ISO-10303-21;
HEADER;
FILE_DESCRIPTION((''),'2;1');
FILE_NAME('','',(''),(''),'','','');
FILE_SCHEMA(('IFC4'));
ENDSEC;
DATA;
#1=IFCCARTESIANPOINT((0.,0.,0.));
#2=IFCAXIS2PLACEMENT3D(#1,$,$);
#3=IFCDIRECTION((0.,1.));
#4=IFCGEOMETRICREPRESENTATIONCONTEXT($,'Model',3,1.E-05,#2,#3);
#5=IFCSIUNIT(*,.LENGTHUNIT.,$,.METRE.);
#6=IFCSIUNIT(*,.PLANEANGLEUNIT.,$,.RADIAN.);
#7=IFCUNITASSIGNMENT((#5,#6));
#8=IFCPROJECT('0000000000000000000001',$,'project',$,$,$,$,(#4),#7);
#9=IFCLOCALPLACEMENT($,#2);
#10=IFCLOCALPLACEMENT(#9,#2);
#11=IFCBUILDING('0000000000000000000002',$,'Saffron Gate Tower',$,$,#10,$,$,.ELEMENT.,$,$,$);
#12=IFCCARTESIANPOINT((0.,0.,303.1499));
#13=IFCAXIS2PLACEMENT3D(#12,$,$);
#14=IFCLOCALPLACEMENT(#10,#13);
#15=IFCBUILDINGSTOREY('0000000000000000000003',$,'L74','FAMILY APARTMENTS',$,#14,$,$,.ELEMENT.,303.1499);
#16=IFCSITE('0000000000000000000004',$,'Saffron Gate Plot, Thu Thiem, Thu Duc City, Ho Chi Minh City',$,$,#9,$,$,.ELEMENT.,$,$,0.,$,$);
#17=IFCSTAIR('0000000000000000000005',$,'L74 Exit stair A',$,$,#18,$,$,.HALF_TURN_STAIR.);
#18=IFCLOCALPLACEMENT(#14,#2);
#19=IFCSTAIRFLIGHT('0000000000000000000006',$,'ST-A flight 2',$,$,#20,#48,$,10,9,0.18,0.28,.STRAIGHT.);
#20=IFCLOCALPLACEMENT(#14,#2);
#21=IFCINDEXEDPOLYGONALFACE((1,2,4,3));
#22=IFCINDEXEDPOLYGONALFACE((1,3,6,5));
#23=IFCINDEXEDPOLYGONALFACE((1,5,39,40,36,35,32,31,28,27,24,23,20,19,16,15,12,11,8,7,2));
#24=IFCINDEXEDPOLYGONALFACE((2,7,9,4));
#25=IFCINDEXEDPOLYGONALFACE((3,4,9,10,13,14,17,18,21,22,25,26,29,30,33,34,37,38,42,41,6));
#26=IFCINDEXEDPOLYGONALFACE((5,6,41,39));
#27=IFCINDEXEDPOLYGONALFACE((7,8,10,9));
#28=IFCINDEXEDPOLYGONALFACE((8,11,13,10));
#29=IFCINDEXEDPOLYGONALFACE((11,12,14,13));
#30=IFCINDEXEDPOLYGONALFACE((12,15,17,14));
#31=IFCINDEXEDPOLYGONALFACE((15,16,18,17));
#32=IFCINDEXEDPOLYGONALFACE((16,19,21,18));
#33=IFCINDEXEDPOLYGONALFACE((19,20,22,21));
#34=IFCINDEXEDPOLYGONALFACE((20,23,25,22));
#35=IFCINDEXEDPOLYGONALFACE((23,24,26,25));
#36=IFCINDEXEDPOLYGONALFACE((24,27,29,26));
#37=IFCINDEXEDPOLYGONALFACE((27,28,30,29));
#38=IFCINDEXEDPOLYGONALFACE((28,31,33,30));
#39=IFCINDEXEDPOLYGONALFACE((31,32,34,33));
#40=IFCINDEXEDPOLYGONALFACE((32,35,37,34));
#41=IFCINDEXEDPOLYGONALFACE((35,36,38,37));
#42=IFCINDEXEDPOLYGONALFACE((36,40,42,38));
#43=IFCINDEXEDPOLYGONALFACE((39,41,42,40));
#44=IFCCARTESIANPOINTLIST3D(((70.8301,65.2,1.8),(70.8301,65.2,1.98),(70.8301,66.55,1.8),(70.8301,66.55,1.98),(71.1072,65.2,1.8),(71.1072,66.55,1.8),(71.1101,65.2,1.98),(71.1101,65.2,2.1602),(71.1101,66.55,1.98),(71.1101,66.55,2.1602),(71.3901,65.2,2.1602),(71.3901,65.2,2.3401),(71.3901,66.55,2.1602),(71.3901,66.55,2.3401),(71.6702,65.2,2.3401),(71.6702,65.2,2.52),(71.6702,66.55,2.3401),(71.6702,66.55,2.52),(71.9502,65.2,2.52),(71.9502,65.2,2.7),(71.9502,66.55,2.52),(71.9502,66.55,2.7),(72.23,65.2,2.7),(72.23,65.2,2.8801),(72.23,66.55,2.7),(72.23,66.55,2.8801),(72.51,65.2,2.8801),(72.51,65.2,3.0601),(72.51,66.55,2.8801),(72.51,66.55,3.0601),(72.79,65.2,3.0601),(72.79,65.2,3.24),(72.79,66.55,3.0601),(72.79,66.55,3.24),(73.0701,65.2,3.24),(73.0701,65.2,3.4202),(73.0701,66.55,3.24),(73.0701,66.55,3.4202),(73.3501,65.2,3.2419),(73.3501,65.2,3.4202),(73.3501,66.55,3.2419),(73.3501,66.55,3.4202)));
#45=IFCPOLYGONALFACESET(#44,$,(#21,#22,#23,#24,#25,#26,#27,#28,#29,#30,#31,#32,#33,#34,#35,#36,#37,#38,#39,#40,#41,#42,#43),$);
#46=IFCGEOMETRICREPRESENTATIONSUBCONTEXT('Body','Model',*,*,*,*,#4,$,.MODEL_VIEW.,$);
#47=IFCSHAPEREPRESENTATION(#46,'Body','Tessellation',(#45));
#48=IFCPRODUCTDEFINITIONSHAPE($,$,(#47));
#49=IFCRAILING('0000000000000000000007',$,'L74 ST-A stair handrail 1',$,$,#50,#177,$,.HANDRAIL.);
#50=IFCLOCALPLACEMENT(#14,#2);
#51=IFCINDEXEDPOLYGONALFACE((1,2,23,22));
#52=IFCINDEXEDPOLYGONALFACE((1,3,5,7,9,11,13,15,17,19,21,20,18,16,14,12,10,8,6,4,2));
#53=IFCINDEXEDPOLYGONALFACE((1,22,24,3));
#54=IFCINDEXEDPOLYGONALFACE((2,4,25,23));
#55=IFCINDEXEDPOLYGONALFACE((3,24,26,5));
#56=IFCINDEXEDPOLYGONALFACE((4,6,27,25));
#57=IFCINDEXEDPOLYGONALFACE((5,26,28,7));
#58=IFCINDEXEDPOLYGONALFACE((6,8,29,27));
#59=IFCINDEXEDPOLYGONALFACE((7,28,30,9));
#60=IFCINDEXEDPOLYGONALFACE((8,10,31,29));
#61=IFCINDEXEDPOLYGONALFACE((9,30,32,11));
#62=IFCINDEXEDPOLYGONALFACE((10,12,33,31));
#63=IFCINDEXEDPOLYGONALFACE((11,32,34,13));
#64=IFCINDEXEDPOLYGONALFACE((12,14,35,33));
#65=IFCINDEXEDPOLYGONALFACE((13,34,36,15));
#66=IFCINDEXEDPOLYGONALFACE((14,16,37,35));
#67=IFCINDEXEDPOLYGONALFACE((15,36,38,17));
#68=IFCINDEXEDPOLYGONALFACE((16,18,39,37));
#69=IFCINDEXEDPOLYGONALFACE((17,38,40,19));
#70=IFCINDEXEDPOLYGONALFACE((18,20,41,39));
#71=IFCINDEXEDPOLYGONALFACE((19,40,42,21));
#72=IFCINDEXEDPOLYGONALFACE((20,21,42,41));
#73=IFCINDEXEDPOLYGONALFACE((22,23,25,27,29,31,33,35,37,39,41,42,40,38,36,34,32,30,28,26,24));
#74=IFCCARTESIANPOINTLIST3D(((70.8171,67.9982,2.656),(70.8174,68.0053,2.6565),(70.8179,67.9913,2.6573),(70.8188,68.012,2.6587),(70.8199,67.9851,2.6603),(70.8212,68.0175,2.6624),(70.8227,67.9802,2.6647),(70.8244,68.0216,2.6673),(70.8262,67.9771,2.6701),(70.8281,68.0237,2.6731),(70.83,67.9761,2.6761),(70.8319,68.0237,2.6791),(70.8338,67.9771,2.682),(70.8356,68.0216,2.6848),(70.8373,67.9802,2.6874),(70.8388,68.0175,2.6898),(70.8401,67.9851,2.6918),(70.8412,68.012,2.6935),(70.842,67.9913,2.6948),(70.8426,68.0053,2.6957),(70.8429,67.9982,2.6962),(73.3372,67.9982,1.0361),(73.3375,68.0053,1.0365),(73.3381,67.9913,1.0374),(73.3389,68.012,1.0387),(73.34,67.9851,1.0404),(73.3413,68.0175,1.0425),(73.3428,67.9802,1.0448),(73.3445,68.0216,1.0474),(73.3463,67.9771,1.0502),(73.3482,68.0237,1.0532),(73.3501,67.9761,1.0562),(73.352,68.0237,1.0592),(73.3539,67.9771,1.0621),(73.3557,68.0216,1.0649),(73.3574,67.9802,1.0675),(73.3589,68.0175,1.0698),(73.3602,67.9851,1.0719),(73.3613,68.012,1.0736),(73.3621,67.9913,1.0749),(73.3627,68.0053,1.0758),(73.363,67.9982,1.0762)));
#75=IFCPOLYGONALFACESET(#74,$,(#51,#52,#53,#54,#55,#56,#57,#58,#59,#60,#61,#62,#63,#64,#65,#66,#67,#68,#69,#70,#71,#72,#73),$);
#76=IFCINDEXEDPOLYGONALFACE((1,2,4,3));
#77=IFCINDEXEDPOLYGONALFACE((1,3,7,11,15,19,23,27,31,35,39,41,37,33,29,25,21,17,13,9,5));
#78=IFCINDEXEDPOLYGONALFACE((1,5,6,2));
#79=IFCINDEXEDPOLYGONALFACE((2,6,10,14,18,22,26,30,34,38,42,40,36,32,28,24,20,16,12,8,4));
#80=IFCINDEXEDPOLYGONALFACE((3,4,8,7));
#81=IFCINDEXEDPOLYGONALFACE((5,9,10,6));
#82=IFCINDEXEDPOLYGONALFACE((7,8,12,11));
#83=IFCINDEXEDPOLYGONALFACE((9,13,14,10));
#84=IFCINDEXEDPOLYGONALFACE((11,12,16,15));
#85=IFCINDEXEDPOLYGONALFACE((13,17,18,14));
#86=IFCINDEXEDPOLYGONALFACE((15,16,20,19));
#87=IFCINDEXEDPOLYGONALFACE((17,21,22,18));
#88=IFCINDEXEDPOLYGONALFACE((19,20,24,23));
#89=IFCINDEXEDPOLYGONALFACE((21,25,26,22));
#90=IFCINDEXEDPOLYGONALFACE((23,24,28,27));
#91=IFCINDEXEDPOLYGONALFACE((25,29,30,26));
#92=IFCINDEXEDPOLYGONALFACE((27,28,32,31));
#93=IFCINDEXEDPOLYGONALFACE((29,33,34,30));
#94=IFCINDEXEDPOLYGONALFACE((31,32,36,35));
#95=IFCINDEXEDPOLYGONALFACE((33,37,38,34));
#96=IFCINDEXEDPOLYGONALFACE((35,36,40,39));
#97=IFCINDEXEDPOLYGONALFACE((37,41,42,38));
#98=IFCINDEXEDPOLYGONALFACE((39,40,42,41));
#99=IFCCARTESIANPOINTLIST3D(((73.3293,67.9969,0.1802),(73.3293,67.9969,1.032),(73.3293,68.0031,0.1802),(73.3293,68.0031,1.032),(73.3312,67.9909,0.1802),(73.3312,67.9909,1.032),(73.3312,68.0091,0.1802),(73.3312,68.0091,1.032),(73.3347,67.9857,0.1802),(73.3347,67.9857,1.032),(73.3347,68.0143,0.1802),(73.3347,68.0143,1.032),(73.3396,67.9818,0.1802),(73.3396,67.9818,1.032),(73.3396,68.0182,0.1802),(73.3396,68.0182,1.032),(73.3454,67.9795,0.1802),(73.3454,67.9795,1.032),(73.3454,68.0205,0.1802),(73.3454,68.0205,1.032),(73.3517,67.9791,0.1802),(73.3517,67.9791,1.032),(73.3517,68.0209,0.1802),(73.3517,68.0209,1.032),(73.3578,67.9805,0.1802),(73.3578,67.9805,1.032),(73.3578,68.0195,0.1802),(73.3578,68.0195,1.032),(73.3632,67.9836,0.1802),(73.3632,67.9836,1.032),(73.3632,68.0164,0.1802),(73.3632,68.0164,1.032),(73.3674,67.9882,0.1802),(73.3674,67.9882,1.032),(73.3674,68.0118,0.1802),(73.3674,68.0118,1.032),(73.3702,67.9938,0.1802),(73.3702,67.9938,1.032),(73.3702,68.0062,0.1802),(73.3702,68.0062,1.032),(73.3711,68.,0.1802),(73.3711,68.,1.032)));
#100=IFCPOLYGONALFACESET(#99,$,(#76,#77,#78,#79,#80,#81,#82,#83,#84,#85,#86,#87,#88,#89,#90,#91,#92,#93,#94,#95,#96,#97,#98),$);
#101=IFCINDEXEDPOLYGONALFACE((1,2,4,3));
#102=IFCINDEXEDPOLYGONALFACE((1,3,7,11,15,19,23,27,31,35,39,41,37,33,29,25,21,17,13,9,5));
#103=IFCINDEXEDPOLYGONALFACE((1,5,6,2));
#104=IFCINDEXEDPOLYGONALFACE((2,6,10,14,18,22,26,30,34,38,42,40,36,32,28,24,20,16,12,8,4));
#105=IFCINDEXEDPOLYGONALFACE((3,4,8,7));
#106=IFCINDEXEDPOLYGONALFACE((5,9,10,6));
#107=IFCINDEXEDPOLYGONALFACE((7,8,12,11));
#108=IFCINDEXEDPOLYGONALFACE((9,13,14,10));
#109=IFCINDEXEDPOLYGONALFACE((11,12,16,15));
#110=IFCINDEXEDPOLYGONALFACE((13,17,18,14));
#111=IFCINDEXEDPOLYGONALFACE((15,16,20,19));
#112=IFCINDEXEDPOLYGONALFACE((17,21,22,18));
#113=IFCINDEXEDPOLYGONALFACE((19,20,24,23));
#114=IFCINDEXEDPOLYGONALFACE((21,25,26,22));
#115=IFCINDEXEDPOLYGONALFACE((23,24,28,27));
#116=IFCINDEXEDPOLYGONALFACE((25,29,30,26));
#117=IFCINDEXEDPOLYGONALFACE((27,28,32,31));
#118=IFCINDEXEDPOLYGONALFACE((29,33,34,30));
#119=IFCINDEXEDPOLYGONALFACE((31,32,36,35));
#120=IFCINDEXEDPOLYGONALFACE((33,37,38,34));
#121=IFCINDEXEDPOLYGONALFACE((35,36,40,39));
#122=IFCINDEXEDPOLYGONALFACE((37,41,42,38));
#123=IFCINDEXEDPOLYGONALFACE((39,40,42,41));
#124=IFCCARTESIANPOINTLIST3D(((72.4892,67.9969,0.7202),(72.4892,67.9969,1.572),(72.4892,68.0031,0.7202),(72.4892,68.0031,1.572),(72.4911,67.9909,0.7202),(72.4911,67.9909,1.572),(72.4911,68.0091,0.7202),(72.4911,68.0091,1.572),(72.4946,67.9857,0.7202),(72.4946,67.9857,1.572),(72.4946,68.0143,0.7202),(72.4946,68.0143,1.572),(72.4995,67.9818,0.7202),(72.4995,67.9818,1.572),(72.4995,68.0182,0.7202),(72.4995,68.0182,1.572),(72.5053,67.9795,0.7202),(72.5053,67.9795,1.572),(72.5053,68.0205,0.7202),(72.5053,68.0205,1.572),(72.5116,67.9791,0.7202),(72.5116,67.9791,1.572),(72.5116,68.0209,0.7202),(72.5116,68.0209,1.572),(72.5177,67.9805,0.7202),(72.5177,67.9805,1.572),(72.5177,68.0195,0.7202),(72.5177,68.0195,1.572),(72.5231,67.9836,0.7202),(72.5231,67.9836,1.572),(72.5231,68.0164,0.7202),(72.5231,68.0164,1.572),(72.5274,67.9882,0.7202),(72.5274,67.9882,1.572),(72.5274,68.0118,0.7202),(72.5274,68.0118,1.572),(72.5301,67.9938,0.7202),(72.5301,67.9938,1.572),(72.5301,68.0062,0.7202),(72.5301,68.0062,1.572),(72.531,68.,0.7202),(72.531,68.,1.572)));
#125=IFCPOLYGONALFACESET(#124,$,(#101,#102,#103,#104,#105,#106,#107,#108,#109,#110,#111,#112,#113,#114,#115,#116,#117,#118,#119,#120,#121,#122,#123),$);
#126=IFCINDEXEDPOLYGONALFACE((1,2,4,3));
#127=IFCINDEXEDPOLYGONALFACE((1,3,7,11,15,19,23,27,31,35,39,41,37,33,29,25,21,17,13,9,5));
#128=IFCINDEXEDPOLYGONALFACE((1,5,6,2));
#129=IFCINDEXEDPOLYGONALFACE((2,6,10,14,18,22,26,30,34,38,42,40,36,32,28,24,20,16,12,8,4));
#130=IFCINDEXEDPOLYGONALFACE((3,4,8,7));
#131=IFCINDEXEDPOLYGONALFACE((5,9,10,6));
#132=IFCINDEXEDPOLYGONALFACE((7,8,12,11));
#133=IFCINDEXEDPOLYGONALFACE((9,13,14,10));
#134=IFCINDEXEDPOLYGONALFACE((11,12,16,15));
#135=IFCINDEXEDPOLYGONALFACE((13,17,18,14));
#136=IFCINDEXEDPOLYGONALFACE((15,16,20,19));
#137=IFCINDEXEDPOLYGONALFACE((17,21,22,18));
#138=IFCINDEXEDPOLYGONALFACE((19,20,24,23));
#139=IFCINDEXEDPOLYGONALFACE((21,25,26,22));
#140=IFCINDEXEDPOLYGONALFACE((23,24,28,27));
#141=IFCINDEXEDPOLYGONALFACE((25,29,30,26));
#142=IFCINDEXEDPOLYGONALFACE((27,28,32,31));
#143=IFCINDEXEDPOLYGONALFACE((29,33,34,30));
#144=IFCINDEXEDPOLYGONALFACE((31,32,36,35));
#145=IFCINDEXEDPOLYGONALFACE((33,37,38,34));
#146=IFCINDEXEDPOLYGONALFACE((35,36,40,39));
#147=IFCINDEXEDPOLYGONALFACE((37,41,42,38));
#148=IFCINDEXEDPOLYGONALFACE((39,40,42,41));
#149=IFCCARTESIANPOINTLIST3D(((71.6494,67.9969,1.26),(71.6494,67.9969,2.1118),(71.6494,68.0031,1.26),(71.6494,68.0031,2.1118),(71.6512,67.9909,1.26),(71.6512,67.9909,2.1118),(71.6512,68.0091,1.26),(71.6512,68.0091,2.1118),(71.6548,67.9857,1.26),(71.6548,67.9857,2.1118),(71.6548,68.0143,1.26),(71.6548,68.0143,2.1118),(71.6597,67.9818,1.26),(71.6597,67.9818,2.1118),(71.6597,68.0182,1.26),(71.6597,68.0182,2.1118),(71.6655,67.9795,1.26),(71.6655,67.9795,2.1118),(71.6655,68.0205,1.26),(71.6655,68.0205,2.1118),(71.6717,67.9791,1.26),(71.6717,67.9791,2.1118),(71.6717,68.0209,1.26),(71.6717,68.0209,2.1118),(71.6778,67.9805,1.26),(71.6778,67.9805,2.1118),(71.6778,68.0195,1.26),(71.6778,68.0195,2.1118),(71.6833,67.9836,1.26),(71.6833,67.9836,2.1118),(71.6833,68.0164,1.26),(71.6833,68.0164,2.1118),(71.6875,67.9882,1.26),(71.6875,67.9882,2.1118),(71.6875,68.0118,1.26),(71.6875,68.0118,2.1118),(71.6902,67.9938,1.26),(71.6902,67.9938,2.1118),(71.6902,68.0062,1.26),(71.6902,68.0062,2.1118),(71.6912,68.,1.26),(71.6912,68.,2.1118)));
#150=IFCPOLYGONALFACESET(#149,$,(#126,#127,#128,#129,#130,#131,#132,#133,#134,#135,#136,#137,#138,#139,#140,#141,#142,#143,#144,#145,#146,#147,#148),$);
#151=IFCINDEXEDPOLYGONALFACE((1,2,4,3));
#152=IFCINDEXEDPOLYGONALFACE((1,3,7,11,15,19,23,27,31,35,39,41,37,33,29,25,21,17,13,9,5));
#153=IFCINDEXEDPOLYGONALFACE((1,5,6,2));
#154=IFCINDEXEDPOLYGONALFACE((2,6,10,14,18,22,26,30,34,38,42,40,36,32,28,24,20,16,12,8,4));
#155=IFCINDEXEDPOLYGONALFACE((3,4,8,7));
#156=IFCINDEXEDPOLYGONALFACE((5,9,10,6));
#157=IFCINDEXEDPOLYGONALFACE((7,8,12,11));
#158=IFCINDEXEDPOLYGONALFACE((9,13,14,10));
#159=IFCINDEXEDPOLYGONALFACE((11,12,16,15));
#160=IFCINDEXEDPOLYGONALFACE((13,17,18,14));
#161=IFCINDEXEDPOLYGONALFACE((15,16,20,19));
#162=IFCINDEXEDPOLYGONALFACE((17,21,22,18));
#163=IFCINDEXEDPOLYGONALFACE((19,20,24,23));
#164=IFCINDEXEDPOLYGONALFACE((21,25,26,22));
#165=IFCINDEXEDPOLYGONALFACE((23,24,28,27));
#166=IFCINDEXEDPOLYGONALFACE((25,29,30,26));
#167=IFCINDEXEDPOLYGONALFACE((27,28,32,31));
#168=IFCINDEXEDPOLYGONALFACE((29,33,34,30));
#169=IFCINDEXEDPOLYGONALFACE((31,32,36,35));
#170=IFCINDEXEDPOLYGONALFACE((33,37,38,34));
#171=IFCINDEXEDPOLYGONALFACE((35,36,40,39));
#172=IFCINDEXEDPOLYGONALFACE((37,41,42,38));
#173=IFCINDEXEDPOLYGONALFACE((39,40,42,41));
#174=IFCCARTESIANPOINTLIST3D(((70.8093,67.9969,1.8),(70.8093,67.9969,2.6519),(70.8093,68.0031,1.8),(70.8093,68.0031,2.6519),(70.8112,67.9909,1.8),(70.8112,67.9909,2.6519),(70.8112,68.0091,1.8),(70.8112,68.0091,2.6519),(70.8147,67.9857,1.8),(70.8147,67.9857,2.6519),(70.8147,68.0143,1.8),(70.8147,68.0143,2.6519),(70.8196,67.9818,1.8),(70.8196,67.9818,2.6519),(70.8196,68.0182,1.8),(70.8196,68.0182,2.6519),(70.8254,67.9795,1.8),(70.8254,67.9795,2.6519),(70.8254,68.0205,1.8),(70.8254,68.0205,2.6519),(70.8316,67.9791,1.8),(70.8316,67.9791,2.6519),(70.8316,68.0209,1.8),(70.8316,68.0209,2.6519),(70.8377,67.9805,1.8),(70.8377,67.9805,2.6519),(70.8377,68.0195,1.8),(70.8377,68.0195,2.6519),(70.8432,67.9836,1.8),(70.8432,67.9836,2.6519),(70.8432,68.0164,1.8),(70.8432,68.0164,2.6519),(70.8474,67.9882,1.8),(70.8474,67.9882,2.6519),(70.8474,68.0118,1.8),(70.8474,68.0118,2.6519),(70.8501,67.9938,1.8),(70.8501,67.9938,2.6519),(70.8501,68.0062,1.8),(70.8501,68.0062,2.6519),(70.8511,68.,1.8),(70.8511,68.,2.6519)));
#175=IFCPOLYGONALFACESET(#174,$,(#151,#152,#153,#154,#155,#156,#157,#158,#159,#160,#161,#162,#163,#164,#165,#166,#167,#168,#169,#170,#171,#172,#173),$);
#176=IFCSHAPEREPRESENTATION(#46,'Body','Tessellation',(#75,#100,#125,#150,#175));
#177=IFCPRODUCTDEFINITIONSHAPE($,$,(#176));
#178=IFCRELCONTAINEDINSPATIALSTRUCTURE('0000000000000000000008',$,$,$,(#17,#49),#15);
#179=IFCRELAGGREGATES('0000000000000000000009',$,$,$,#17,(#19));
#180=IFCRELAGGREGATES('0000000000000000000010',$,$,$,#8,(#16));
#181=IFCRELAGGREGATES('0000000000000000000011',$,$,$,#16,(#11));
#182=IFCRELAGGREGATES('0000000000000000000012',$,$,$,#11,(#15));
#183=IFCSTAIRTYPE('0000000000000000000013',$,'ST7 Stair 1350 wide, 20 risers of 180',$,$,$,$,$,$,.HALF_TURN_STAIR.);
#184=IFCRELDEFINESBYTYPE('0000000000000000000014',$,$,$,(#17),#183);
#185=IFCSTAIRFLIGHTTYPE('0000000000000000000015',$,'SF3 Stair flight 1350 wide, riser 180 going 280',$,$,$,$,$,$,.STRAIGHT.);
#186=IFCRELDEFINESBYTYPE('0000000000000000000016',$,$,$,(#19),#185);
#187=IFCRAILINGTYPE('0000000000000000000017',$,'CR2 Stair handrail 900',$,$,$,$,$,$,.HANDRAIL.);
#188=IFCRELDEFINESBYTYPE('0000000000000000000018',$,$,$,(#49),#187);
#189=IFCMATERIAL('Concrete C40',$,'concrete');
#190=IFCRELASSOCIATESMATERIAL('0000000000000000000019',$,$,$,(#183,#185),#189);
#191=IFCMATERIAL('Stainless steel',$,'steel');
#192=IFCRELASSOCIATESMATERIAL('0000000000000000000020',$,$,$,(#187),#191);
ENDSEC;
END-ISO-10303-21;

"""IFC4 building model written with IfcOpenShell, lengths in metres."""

from ifc_helpers import new_model, si_unit, direction, frame, origin, origin_2d, place, context, subcontext, project, spatial, polyline, circle, outline, extrude, material, type_object, element, aggregate, save


model = new_model("IFC4")

# Units and contexts
model_context = context("Model", 3, precision=1e-05, world=origin(), true_north=direction((0.0, 1.0)))
body_context = subcontext(model_context, "Body", "Model", "MODEL_VIEW")
ifc_project = project(units=[si_unit("LENGTHUNIT", "METRE"), si_unit("PLANEANGLEUNIT", "RADIAN")], contexts=[model_context])

# Site, building, storey
site_placement = place(None, origin())
site = spatial("IfcSite", under=ifc_project, at=site_placement, Name="Saffron Gate Plot, Thu Thiem, Thu Duc City, Ho Chi Minh City", CompositionType="ELEMENT", RefElevation=0.0)
building_placement = place(site_placement, origin())
building = spatial("IfcBuilding", under=site, at=building_placement, Name="Saffron Gate Tower", CompositionType="ELEMENT")
storey_placement = place(building_placement, frame((0.0, 0.0, 303.1499)))
storey = spatial("IfcBuildingStorey", under=building, at=storey_placement, Name="L74", Description="FAMILY APARTMENTS", CompositionType="ELEMENT", Elevation=303.1499)

# Stair, stair flight
ifc_material_1 = material(Name="Concrete C40", Category="concrete")
stair_type = type_object("IfcStairType", Name="ST7 Stair 1350 wide, 20 risers of 180", PredefinedType="HALF_TURN_STAIR", material=ifc_material_1)
stair_placement = place(storey_placement, origin())
stair = element("IfcStair", 1, at=stair_placement, inside=storey, type_object=stair_type, Name="L74 Exit stair A", PredefinedType="HALF_TURN_STAIR")
stair_flight_type = type_object("IfcStairFlightType", Name="SF3 Stair flight 1350 wide, riser 180 going 280", PredefinedType="STRAIGHT", material=ifc_material_1)
stair_flight_1_placement = place(storey_placement, frame((70.8301, 65.875, 1.8), z_axis=(0.0, 0.0, 1.0), x_axis=(1.0, 0.0, 0.0)))
stair_flight_1 = element("IfcStairFlight", 2, at=stair_flight_1_placement, type_object=stair_flight_type, Name="ST-A flight 2", NumberOfRisers=10, NumberOfTreads=9, PredefinedType="STRAIGHT", RiserHeight=0.18, TreadLength=0.28, context=body_context, shape_type="SweptSolid", body=[
    extrude(outline(polyline([(0.0, 0.0), (0.0, 0.1799), (0.28, 0.1799), (0.28, 0.3601), (0.5601, 0.3601), (0.5601, 0.54), (0.8401, 0.54), (0.8401, 0.72), (1.1201, 0.72), (1.1201, 0.8999), (1.3999, 0.8999), (1.3999, 1.0801), (1.6799, 1.0801), (1.6799, 1.26), (1.96, 1.26), (1.96, 1.4399), (2.24, 1.4399), (2.24, 1.6201), (2.52, 1.6201), (2.52, 1.8), (2.52, 1.4419), (0.2771, 0.0), (0.0, 0.0)])), frame((0.0, 0.675, 0.0), z_axis=(0.0, -1.0, 0.0), x_axis=(1.0, 0.0, 0.0)), (0.0, 0.0, 1.0), 1.3501),
])
aggregate(stair, [stair_flight_1])

# Railing
ifc_material_2 = material(Name="Stainless steel", Category="steel")
railing_type_1 = type_object("IfcRailingType", Name="CR2 Stair handrail 900", PredefinedType="HANDRAIL", material=ifc_material_2)
railing_1_placement = place(storey_placement, frame((73.3501, 68.0, 0.1802)))
element("IfcRailing", 3, at=railing_1_placement, inside=storey, type_object=railing_type_1, Name="L74 ST-A stair handrail 1", PredefinedType="HANDRAIL", context=body_context, shape_type="SweptSolid", body=[
    extrude(circle(Radius=0.0239, at=origin_2d()), frame((0.0, 0.0, 0.876), z_axis=(-0.8412, 0.0, 0.540725), x_axis=(0.0, -1.0, 0.0)), (0.0, 0.0, 1.0), 2.9958),
    extrude(circle(Radius=0.021, at=origin_2d()), origin(), (0.0, 0.0, 1.0), 0.8518),
    extrude(circle(Radius=0.021, at=origin_2d()), frame((-0.8401, 0.0, 0.54)), (0.0, 0.0, 1.0), 0.8518),
    extrude(circle(Radius=0.021, at=origin_2d()), frame((-1.6799, 0.0, 1.0798)), (0.0, 0.0, 1.0), 0.8518),
    extrude(circle(Radius=0.021, at=origin_2d()), frame((-2.52, 0.0, 1.6199)), (0.0, 0.0, 1.0), 0.8518),
])

save(model, "model.ifc")
